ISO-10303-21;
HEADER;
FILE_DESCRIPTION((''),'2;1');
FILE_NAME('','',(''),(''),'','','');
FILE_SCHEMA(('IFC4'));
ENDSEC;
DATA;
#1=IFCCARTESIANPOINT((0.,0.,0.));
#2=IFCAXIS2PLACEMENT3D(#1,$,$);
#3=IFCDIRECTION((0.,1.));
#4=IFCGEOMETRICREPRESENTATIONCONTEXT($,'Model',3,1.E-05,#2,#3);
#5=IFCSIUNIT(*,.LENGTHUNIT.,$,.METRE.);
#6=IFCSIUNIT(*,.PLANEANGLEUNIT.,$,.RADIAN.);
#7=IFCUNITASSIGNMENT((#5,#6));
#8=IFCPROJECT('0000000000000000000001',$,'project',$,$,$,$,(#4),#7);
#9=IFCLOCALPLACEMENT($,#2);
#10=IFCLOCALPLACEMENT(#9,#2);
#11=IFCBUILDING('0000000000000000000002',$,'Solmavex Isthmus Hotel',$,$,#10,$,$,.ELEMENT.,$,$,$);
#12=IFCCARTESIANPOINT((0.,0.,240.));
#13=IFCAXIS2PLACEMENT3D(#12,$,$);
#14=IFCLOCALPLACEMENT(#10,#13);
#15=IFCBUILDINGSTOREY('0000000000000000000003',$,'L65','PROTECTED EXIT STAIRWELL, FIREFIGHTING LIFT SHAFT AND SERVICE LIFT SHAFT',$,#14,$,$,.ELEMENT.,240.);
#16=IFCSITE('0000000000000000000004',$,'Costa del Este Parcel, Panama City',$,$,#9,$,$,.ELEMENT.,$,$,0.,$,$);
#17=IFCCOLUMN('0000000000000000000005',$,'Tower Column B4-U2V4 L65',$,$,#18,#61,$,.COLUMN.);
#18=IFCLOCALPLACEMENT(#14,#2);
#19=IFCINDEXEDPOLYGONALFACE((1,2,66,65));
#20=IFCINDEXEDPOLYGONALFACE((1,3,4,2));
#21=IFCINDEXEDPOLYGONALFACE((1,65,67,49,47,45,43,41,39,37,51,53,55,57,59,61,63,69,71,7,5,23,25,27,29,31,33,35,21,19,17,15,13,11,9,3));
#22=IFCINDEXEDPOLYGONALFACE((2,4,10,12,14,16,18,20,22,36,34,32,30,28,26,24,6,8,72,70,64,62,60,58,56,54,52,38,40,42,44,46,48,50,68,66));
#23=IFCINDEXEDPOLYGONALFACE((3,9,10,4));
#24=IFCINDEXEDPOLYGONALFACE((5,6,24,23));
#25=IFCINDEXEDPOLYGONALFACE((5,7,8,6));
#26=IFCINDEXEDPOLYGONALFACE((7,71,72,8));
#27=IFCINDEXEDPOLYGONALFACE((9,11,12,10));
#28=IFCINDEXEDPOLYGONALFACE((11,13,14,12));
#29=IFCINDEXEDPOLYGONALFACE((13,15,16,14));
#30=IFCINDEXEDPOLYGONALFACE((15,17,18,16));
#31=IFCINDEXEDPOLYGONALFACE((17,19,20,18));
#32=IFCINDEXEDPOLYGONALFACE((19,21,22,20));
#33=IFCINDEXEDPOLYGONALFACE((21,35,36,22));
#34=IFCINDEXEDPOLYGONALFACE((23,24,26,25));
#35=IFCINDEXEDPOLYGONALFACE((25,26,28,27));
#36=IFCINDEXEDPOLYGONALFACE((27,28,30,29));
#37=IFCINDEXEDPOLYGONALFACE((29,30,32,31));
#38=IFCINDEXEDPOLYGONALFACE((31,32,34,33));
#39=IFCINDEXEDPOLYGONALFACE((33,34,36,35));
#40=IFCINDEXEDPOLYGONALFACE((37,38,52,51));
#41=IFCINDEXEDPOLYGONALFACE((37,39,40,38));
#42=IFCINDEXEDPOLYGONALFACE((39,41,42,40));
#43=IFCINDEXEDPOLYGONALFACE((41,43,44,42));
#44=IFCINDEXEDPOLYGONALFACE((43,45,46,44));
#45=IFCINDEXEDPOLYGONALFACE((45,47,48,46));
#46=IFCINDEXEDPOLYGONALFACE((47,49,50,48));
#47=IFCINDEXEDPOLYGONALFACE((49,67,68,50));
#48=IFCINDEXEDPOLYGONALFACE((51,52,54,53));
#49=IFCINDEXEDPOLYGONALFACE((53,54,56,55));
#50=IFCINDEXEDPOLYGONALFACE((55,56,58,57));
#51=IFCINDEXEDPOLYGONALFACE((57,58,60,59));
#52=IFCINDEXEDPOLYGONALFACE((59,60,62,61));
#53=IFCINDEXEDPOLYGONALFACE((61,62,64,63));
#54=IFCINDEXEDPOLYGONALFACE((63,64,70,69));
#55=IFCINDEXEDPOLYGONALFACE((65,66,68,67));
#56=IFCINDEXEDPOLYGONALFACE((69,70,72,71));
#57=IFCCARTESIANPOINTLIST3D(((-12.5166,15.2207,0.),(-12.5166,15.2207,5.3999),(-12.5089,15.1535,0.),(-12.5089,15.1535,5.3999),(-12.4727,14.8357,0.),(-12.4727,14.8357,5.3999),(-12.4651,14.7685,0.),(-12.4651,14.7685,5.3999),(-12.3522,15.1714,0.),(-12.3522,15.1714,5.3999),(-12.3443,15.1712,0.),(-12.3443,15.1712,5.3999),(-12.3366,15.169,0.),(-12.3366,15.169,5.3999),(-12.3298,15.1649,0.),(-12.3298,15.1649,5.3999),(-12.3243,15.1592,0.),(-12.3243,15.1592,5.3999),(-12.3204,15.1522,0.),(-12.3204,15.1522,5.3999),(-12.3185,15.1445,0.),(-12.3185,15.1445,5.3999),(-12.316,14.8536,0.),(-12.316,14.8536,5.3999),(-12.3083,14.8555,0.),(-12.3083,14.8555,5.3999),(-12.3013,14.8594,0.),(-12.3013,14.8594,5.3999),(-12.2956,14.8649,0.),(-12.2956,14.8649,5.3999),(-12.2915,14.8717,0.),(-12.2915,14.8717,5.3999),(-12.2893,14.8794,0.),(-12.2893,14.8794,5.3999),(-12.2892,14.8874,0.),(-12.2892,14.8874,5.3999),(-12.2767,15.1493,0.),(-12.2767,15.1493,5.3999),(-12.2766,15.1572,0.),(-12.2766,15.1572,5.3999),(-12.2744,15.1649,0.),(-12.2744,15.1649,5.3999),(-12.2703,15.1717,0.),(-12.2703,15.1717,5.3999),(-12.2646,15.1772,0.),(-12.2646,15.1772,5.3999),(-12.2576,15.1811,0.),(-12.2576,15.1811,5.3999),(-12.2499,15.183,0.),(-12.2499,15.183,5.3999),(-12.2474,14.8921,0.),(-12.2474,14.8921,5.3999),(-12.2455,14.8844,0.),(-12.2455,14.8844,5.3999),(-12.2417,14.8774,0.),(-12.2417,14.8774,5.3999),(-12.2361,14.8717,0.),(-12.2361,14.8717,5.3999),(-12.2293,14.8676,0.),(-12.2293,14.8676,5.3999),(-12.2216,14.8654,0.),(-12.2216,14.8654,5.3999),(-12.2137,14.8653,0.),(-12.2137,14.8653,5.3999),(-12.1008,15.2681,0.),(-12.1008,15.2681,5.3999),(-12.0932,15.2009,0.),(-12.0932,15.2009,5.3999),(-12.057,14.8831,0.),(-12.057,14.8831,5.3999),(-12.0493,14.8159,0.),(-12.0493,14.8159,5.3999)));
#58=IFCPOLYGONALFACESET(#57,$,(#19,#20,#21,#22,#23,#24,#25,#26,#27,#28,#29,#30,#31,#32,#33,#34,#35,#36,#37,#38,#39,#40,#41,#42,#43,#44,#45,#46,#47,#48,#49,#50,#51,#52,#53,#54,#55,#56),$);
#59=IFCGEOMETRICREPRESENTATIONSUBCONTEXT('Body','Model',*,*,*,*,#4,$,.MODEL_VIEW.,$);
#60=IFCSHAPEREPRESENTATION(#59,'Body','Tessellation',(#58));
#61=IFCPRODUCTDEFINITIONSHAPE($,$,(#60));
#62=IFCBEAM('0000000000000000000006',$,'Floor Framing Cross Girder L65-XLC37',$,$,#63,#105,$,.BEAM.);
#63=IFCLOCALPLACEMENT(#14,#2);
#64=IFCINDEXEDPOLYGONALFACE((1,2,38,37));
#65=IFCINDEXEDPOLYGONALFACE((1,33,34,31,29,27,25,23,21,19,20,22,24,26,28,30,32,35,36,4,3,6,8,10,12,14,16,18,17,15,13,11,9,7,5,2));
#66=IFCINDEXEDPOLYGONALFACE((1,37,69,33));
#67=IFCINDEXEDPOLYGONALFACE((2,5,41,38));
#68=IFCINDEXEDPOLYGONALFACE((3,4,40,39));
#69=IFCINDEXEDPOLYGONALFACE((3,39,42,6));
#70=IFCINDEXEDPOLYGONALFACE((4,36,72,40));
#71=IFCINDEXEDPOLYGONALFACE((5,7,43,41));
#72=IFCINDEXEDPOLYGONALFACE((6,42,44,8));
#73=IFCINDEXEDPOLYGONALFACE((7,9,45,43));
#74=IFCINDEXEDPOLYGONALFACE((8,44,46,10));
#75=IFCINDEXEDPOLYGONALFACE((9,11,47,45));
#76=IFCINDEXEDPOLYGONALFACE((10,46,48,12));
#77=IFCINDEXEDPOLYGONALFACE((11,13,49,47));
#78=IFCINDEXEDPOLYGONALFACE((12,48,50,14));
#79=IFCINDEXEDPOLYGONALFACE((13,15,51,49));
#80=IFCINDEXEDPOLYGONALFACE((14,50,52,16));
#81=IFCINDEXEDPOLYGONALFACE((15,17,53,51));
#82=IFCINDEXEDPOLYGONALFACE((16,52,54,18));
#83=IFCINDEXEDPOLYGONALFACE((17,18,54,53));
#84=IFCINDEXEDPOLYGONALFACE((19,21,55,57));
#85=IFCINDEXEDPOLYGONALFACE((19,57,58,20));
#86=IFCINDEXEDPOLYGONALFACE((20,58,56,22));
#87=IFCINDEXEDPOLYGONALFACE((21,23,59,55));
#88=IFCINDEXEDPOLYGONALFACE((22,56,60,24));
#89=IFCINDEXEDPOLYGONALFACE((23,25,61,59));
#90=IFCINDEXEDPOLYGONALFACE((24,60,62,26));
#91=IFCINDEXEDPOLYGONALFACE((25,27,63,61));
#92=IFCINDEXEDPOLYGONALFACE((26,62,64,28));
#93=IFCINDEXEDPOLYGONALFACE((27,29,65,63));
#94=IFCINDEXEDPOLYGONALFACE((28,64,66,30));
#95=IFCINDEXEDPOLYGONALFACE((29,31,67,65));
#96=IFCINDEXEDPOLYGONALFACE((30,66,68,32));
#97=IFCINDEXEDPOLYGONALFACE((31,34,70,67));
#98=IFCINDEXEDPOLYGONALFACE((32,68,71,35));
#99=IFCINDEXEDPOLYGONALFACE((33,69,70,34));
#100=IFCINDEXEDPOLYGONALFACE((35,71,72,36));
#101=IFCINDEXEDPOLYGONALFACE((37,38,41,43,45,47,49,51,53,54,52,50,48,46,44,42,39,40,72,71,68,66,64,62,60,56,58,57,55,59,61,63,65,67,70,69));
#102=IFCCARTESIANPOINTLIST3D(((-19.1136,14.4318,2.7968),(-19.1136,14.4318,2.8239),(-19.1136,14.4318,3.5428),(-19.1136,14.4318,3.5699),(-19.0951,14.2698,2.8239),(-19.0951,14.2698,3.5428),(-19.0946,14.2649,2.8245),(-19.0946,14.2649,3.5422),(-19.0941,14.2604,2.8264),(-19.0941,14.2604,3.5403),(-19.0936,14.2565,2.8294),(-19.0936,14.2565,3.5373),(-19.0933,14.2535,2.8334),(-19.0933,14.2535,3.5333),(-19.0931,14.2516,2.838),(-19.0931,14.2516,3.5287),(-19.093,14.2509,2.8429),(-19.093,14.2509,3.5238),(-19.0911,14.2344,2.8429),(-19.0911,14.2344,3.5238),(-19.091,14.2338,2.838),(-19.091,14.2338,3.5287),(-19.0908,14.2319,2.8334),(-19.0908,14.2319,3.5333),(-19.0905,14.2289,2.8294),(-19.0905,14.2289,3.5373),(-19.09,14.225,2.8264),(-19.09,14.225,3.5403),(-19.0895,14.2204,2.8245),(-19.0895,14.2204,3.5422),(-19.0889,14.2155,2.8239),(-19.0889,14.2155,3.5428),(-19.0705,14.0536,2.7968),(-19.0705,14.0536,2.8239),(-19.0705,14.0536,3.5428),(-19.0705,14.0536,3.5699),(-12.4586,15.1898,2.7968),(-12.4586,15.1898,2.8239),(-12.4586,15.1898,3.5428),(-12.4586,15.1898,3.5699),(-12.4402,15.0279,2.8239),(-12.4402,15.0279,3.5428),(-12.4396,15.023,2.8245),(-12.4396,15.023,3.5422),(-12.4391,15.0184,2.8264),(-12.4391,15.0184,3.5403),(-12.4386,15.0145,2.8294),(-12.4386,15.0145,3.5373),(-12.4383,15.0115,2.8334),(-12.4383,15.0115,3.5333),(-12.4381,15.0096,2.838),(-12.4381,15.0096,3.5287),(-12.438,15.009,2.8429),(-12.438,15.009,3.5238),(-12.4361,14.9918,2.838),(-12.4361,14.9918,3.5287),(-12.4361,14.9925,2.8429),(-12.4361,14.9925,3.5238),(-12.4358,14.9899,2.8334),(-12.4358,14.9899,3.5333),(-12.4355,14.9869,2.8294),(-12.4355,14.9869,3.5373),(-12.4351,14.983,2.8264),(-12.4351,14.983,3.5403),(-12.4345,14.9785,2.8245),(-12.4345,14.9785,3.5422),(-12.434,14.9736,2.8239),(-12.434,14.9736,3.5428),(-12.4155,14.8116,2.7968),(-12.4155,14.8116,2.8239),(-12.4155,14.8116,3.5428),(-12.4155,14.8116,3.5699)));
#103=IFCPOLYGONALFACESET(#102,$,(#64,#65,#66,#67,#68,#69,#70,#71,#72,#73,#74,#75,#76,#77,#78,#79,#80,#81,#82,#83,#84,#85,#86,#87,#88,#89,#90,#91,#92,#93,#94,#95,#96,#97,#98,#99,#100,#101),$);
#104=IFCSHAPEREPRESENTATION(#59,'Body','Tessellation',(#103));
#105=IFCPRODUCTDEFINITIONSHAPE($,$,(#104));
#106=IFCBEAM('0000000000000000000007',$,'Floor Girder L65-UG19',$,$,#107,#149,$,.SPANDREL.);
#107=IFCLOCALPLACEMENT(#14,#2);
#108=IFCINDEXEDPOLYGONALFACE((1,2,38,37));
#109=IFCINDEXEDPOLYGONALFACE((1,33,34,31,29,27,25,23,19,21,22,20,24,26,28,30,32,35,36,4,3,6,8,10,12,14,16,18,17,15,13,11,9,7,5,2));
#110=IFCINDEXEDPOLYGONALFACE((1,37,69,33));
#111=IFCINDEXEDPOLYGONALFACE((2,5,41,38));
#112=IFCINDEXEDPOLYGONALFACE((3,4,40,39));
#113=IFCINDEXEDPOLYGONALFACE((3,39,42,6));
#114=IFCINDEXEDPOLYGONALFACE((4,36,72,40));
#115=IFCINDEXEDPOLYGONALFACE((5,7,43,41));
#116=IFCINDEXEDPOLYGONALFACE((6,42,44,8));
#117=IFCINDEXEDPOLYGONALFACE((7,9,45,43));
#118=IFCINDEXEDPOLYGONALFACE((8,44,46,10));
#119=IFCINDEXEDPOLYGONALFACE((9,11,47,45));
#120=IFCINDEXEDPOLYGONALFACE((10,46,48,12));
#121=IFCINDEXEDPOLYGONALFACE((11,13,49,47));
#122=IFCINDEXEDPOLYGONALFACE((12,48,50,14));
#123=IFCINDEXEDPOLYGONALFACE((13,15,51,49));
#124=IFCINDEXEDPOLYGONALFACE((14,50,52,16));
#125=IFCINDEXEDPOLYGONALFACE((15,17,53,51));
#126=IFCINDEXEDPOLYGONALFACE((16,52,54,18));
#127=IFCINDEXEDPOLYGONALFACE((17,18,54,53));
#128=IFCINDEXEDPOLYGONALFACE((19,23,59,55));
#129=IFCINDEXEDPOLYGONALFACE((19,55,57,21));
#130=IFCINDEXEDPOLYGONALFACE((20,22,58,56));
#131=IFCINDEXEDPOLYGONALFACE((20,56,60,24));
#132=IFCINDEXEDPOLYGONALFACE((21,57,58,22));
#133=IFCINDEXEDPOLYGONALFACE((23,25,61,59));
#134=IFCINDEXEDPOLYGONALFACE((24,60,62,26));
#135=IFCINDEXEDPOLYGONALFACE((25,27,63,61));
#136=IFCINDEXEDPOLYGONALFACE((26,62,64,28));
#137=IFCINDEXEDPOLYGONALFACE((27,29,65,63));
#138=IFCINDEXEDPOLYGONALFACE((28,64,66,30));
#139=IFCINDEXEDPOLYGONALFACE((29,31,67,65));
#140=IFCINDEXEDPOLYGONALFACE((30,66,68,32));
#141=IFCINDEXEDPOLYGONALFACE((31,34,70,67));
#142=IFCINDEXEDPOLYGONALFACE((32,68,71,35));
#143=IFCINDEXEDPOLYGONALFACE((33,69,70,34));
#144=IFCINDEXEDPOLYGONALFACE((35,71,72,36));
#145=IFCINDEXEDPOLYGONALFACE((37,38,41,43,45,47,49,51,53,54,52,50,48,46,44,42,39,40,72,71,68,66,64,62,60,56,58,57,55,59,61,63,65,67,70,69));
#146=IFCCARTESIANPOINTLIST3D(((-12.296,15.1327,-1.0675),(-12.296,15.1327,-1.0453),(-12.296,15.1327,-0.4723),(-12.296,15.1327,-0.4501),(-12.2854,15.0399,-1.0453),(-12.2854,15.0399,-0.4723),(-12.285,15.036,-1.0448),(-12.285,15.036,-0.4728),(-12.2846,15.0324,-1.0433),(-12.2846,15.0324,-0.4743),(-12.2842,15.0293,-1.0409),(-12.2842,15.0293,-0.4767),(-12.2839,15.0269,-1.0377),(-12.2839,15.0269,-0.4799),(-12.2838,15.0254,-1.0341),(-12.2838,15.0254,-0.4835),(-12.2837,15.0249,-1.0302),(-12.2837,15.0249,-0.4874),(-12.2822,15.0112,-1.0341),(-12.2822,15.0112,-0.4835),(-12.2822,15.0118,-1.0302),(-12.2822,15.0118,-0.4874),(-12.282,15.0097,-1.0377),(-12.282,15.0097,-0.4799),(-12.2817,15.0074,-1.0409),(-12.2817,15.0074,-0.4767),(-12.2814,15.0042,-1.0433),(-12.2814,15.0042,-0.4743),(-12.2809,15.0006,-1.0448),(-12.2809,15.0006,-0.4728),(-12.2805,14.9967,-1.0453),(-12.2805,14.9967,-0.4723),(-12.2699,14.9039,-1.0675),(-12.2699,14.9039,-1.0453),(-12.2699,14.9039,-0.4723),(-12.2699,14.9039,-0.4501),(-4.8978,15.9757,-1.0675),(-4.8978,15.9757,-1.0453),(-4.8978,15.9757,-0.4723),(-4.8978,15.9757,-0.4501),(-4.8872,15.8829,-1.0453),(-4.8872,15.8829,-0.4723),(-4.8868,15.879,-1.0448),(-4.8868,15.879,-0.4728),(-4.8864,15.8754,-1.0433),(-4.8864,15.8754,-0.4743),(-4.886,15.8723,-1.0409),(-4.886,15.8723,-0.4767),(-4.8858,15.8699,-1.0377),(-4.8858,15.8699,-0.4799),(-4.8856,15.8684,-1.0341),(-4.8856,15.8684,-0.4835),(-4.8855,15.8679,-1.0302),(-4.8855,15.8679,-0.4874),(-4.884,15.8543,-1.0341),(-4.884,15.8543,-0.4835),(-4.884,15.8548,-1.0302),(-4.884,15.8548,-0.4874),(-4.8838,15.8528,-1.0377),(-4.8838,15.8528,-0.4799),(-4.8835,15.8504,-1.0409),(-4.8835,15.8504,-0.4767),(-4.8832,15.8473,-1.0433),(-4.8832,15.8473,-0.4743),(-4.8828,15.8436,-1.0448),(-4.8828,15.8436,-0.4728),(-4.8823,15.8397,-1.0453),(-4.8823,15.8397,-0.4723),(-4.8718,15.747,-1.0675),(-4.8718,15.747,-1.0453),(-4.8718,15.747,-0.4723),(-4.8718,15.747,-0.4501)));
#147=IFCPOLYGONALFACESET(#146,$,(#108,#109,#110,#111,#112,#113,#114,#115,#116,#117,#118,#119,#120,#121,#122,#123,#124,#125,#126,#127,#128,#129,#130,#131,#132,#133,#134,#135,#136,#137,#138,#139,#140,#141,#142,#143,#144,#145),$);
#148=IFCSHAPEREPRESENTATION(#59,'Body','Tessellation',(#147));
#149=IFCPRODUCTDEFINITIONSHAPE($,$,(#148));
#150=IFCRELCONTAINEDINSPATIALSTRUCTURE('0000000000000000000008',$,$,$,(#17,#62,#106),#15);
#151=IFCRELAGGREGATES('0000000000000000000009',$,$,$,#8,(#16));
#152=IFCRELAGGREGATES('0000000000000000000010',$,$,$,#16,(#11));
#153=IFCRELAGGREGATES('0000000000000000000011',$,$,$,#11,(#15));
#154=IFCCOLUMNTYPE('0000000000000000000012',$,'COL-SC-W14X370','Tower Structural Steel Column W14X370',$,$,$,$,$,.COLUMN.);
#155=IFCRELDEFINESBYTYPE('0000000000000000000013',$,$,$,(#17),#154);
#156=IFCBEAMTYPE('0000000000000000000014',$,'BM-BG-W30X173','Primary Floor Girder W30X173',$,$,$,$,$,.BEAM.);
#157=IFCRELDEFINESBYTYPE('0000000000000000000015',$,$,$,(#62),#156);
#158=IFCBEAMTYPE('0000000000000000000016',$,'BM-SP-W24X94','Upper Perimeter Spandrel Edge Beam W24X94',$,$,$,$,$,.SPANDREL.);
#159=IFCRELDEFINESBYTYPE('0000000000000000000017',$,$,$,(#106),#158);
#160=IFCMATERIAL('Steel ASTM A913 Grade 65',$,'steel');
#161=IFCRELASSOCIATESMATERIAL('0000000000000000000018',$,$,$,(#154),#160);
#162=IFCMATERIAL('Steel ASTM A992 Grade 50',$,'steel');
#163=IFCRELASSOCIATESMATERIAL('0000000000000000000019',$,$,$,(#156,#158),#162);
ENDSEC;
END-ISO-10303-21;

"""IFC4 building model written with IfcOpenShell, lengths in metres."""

from ifc_helpers import new_model, si_unit, direction, frame, origin, origin_2d, place, context, subcontext, project, spatial, i_section, extrude, material, material_profile, profile_set, type_object, element, save


model = new_model("IFC4")

# Units and contexts
model_context = context("Model", 3, precision=1e-05, world=origin(), true_north=direction((0.0, 1.0)))
body_context = subcontext(model_context, "Body", "Model", "MODEL_VIEW")
ifc_project = project(units=[si_unit("LENGTHUNIT", "METRE"), si_unit("PLANEANGLEUNIT", "RADIAN")], contexts=[model_context])

# Site, building, storey
site_placement = place(None, origin())
site = spatial("IfcSite", under=ifc_project, at=site_placement, Name="Costa del Este Parcel, Panama City", CompositionType="ELEMENT", RefElevation=0.0)
building_placement = place(site_placement, origin())
building = spatial("IfcBuilding", under=site, at=building_placement, Name="Solmavex Isthmus Hotel", CompositionType="ELEMENT")
storey_placement = place(building_placement, frame((0.0, 0.0, 240.0)))
storey = spatial("IfcBuildingStorey", under=building, at=storey_placement, Name="L65", Description="PROTECTED EXIT STAIRWELL, FIREFIGHTING LIFT SHAFT AND SERVICE LIFT SHAFT", CompositionType="ELEMENT", Elevation=240.0)

# Column
ifc_material_1 = material(Name="Steel ASTM A913 Grade 65", Category="steel")
ifc_material_profile_1 = material_profile(ifc_material_1, i_section(OverallWidth=0.4185, OverallDepth=0.4551, WebThickness=0.042, FlangeThickness=0.0676, FilletRadius=0.0305, at=origin_2d()), Name="W14X370")
ifc_profile_set_1 = profile_set([ifc_material_profile_1], Name="Steel ASTM A913 Grade 65")
column_type = type_object("IfcColumnType", Name="COL-SC-W14X370", Description="Tower Structural Steel Column W14X370", PredefinedType="COLUMN", material=ifc_profile_set_1)
column_placement = place(storey_placement, frame((-12.283, 15.0183, 0.0), z_axis=(0.0, 0.0, 1.0), x_axis=(0.993572, 0.113203, 0.0)))
element("IfcColumn", 1, at=column_placement, inside=storey, type_object=column_type, Name="Tower Column B4-U2V4 L65", PredefinedType="COLUMN", context=body_context, shape_type="SweptSolid", body=[
    extrude(i_section(OverallWidth=0.4185, OverallDepth=0.4551, WebThickness=0.042, FlangeThickness=0.0676, FilletRadius=0.0305, at=origin_2d()), origin(), (0.0, 0.0, 1.0), 5.3999),
])

# Beams
ifc_material_2 = material(Name="Steel ASTM A992 Grade 50", Category="steel")
ifc_material_profile_2 = material_profile(ifc_material_2, i_section(OverallWidth=0.3806, OverallDepth=0.7732, WebThickness=0.0166, FlangeThickness=0.0271, FilletRadius=0.019, at=origin_2d()), Name="W30X173")
ifc_profile_set_2 = profile_set([ifc_material_profile_2], Name="Steel ASTM A992 Grade 50")
beam_type_1 = type_object("IfcBeamType", Name="BM-BG-W30X173", Description="Primary Floor Girder W30X173", PredefinedType="BEAM", material=ifc_profile_set_2)
beam_1_placement = place(storey_placement, frame((-19.092, 14.2427, 3.1833), z_axis=(0.993575, 0.113175, 0.0), x_axis=(-0.113175, 0.993575, 0.0)))
element("IfcBeam", 2, at=beam_1_placement, inside=storey, type_object=beam_type_1, Name="Floor Framing Cross Girder L65-XLC37", PredefinedType="BEAM", context=body_context, shape_type="SweptSolid", body=[
    extrude(i_section(OverallWidth=0.3806, OverallDepth=0.7732, WebThickness=0.0166, FlangeThickness=0.0271, FilletRadius=0.019, at=origin_2d()), origin(), (0.0, 0.0, 1.0), 6.698),
])
ifc_material_profile_3 = material_profile(ifc_material_2, i_section(OverallWidth=0.2302, OverallDepth=0.6174, WebThickness=0.0132, FlangeThickness=0.0222, FilletRadius=0.0151, at=origin_2d()), Name="W24X94")
ifc_profile_set_3 = profile_set([ifc_material_profile_3], Name="Steel ASTM A992 Grade 50")
beam_type_2 = type_object("IfcBeamType", Name="BM-SP-W24X94", Description="Upper Perimeter Spandrel Edge Beam W24X94", PredefinedType="SPANDREL", material=ifc_profile_set_3)
beam_2_placement = place(storey_placement, frame((-12.283, 15.0183, -0.7588), z_axis=(0.99357, 0.113216, 0.0), x_axis=(-0.113216, 0.99357, 0.0)))
element("IfcBeam", 3, at=beam_2_placement, inside=storey, type_object=beam_type_2, Name="Floor Girder L65-UG19", PredefinedType="SPANDREL", context=body_context, shape_type="SweptSolid", body=[
    extrude(i_section(OverallWidth=0.2302, OverallDepth=0.6174, WebThickness=0.0132, FlangeThickness=0.0222, FilletRadius=0.0151, at=origin_2d()), origin(), (0.0, 0.0, 1.0), 7.446),
])

save(model, "model.ifc")
